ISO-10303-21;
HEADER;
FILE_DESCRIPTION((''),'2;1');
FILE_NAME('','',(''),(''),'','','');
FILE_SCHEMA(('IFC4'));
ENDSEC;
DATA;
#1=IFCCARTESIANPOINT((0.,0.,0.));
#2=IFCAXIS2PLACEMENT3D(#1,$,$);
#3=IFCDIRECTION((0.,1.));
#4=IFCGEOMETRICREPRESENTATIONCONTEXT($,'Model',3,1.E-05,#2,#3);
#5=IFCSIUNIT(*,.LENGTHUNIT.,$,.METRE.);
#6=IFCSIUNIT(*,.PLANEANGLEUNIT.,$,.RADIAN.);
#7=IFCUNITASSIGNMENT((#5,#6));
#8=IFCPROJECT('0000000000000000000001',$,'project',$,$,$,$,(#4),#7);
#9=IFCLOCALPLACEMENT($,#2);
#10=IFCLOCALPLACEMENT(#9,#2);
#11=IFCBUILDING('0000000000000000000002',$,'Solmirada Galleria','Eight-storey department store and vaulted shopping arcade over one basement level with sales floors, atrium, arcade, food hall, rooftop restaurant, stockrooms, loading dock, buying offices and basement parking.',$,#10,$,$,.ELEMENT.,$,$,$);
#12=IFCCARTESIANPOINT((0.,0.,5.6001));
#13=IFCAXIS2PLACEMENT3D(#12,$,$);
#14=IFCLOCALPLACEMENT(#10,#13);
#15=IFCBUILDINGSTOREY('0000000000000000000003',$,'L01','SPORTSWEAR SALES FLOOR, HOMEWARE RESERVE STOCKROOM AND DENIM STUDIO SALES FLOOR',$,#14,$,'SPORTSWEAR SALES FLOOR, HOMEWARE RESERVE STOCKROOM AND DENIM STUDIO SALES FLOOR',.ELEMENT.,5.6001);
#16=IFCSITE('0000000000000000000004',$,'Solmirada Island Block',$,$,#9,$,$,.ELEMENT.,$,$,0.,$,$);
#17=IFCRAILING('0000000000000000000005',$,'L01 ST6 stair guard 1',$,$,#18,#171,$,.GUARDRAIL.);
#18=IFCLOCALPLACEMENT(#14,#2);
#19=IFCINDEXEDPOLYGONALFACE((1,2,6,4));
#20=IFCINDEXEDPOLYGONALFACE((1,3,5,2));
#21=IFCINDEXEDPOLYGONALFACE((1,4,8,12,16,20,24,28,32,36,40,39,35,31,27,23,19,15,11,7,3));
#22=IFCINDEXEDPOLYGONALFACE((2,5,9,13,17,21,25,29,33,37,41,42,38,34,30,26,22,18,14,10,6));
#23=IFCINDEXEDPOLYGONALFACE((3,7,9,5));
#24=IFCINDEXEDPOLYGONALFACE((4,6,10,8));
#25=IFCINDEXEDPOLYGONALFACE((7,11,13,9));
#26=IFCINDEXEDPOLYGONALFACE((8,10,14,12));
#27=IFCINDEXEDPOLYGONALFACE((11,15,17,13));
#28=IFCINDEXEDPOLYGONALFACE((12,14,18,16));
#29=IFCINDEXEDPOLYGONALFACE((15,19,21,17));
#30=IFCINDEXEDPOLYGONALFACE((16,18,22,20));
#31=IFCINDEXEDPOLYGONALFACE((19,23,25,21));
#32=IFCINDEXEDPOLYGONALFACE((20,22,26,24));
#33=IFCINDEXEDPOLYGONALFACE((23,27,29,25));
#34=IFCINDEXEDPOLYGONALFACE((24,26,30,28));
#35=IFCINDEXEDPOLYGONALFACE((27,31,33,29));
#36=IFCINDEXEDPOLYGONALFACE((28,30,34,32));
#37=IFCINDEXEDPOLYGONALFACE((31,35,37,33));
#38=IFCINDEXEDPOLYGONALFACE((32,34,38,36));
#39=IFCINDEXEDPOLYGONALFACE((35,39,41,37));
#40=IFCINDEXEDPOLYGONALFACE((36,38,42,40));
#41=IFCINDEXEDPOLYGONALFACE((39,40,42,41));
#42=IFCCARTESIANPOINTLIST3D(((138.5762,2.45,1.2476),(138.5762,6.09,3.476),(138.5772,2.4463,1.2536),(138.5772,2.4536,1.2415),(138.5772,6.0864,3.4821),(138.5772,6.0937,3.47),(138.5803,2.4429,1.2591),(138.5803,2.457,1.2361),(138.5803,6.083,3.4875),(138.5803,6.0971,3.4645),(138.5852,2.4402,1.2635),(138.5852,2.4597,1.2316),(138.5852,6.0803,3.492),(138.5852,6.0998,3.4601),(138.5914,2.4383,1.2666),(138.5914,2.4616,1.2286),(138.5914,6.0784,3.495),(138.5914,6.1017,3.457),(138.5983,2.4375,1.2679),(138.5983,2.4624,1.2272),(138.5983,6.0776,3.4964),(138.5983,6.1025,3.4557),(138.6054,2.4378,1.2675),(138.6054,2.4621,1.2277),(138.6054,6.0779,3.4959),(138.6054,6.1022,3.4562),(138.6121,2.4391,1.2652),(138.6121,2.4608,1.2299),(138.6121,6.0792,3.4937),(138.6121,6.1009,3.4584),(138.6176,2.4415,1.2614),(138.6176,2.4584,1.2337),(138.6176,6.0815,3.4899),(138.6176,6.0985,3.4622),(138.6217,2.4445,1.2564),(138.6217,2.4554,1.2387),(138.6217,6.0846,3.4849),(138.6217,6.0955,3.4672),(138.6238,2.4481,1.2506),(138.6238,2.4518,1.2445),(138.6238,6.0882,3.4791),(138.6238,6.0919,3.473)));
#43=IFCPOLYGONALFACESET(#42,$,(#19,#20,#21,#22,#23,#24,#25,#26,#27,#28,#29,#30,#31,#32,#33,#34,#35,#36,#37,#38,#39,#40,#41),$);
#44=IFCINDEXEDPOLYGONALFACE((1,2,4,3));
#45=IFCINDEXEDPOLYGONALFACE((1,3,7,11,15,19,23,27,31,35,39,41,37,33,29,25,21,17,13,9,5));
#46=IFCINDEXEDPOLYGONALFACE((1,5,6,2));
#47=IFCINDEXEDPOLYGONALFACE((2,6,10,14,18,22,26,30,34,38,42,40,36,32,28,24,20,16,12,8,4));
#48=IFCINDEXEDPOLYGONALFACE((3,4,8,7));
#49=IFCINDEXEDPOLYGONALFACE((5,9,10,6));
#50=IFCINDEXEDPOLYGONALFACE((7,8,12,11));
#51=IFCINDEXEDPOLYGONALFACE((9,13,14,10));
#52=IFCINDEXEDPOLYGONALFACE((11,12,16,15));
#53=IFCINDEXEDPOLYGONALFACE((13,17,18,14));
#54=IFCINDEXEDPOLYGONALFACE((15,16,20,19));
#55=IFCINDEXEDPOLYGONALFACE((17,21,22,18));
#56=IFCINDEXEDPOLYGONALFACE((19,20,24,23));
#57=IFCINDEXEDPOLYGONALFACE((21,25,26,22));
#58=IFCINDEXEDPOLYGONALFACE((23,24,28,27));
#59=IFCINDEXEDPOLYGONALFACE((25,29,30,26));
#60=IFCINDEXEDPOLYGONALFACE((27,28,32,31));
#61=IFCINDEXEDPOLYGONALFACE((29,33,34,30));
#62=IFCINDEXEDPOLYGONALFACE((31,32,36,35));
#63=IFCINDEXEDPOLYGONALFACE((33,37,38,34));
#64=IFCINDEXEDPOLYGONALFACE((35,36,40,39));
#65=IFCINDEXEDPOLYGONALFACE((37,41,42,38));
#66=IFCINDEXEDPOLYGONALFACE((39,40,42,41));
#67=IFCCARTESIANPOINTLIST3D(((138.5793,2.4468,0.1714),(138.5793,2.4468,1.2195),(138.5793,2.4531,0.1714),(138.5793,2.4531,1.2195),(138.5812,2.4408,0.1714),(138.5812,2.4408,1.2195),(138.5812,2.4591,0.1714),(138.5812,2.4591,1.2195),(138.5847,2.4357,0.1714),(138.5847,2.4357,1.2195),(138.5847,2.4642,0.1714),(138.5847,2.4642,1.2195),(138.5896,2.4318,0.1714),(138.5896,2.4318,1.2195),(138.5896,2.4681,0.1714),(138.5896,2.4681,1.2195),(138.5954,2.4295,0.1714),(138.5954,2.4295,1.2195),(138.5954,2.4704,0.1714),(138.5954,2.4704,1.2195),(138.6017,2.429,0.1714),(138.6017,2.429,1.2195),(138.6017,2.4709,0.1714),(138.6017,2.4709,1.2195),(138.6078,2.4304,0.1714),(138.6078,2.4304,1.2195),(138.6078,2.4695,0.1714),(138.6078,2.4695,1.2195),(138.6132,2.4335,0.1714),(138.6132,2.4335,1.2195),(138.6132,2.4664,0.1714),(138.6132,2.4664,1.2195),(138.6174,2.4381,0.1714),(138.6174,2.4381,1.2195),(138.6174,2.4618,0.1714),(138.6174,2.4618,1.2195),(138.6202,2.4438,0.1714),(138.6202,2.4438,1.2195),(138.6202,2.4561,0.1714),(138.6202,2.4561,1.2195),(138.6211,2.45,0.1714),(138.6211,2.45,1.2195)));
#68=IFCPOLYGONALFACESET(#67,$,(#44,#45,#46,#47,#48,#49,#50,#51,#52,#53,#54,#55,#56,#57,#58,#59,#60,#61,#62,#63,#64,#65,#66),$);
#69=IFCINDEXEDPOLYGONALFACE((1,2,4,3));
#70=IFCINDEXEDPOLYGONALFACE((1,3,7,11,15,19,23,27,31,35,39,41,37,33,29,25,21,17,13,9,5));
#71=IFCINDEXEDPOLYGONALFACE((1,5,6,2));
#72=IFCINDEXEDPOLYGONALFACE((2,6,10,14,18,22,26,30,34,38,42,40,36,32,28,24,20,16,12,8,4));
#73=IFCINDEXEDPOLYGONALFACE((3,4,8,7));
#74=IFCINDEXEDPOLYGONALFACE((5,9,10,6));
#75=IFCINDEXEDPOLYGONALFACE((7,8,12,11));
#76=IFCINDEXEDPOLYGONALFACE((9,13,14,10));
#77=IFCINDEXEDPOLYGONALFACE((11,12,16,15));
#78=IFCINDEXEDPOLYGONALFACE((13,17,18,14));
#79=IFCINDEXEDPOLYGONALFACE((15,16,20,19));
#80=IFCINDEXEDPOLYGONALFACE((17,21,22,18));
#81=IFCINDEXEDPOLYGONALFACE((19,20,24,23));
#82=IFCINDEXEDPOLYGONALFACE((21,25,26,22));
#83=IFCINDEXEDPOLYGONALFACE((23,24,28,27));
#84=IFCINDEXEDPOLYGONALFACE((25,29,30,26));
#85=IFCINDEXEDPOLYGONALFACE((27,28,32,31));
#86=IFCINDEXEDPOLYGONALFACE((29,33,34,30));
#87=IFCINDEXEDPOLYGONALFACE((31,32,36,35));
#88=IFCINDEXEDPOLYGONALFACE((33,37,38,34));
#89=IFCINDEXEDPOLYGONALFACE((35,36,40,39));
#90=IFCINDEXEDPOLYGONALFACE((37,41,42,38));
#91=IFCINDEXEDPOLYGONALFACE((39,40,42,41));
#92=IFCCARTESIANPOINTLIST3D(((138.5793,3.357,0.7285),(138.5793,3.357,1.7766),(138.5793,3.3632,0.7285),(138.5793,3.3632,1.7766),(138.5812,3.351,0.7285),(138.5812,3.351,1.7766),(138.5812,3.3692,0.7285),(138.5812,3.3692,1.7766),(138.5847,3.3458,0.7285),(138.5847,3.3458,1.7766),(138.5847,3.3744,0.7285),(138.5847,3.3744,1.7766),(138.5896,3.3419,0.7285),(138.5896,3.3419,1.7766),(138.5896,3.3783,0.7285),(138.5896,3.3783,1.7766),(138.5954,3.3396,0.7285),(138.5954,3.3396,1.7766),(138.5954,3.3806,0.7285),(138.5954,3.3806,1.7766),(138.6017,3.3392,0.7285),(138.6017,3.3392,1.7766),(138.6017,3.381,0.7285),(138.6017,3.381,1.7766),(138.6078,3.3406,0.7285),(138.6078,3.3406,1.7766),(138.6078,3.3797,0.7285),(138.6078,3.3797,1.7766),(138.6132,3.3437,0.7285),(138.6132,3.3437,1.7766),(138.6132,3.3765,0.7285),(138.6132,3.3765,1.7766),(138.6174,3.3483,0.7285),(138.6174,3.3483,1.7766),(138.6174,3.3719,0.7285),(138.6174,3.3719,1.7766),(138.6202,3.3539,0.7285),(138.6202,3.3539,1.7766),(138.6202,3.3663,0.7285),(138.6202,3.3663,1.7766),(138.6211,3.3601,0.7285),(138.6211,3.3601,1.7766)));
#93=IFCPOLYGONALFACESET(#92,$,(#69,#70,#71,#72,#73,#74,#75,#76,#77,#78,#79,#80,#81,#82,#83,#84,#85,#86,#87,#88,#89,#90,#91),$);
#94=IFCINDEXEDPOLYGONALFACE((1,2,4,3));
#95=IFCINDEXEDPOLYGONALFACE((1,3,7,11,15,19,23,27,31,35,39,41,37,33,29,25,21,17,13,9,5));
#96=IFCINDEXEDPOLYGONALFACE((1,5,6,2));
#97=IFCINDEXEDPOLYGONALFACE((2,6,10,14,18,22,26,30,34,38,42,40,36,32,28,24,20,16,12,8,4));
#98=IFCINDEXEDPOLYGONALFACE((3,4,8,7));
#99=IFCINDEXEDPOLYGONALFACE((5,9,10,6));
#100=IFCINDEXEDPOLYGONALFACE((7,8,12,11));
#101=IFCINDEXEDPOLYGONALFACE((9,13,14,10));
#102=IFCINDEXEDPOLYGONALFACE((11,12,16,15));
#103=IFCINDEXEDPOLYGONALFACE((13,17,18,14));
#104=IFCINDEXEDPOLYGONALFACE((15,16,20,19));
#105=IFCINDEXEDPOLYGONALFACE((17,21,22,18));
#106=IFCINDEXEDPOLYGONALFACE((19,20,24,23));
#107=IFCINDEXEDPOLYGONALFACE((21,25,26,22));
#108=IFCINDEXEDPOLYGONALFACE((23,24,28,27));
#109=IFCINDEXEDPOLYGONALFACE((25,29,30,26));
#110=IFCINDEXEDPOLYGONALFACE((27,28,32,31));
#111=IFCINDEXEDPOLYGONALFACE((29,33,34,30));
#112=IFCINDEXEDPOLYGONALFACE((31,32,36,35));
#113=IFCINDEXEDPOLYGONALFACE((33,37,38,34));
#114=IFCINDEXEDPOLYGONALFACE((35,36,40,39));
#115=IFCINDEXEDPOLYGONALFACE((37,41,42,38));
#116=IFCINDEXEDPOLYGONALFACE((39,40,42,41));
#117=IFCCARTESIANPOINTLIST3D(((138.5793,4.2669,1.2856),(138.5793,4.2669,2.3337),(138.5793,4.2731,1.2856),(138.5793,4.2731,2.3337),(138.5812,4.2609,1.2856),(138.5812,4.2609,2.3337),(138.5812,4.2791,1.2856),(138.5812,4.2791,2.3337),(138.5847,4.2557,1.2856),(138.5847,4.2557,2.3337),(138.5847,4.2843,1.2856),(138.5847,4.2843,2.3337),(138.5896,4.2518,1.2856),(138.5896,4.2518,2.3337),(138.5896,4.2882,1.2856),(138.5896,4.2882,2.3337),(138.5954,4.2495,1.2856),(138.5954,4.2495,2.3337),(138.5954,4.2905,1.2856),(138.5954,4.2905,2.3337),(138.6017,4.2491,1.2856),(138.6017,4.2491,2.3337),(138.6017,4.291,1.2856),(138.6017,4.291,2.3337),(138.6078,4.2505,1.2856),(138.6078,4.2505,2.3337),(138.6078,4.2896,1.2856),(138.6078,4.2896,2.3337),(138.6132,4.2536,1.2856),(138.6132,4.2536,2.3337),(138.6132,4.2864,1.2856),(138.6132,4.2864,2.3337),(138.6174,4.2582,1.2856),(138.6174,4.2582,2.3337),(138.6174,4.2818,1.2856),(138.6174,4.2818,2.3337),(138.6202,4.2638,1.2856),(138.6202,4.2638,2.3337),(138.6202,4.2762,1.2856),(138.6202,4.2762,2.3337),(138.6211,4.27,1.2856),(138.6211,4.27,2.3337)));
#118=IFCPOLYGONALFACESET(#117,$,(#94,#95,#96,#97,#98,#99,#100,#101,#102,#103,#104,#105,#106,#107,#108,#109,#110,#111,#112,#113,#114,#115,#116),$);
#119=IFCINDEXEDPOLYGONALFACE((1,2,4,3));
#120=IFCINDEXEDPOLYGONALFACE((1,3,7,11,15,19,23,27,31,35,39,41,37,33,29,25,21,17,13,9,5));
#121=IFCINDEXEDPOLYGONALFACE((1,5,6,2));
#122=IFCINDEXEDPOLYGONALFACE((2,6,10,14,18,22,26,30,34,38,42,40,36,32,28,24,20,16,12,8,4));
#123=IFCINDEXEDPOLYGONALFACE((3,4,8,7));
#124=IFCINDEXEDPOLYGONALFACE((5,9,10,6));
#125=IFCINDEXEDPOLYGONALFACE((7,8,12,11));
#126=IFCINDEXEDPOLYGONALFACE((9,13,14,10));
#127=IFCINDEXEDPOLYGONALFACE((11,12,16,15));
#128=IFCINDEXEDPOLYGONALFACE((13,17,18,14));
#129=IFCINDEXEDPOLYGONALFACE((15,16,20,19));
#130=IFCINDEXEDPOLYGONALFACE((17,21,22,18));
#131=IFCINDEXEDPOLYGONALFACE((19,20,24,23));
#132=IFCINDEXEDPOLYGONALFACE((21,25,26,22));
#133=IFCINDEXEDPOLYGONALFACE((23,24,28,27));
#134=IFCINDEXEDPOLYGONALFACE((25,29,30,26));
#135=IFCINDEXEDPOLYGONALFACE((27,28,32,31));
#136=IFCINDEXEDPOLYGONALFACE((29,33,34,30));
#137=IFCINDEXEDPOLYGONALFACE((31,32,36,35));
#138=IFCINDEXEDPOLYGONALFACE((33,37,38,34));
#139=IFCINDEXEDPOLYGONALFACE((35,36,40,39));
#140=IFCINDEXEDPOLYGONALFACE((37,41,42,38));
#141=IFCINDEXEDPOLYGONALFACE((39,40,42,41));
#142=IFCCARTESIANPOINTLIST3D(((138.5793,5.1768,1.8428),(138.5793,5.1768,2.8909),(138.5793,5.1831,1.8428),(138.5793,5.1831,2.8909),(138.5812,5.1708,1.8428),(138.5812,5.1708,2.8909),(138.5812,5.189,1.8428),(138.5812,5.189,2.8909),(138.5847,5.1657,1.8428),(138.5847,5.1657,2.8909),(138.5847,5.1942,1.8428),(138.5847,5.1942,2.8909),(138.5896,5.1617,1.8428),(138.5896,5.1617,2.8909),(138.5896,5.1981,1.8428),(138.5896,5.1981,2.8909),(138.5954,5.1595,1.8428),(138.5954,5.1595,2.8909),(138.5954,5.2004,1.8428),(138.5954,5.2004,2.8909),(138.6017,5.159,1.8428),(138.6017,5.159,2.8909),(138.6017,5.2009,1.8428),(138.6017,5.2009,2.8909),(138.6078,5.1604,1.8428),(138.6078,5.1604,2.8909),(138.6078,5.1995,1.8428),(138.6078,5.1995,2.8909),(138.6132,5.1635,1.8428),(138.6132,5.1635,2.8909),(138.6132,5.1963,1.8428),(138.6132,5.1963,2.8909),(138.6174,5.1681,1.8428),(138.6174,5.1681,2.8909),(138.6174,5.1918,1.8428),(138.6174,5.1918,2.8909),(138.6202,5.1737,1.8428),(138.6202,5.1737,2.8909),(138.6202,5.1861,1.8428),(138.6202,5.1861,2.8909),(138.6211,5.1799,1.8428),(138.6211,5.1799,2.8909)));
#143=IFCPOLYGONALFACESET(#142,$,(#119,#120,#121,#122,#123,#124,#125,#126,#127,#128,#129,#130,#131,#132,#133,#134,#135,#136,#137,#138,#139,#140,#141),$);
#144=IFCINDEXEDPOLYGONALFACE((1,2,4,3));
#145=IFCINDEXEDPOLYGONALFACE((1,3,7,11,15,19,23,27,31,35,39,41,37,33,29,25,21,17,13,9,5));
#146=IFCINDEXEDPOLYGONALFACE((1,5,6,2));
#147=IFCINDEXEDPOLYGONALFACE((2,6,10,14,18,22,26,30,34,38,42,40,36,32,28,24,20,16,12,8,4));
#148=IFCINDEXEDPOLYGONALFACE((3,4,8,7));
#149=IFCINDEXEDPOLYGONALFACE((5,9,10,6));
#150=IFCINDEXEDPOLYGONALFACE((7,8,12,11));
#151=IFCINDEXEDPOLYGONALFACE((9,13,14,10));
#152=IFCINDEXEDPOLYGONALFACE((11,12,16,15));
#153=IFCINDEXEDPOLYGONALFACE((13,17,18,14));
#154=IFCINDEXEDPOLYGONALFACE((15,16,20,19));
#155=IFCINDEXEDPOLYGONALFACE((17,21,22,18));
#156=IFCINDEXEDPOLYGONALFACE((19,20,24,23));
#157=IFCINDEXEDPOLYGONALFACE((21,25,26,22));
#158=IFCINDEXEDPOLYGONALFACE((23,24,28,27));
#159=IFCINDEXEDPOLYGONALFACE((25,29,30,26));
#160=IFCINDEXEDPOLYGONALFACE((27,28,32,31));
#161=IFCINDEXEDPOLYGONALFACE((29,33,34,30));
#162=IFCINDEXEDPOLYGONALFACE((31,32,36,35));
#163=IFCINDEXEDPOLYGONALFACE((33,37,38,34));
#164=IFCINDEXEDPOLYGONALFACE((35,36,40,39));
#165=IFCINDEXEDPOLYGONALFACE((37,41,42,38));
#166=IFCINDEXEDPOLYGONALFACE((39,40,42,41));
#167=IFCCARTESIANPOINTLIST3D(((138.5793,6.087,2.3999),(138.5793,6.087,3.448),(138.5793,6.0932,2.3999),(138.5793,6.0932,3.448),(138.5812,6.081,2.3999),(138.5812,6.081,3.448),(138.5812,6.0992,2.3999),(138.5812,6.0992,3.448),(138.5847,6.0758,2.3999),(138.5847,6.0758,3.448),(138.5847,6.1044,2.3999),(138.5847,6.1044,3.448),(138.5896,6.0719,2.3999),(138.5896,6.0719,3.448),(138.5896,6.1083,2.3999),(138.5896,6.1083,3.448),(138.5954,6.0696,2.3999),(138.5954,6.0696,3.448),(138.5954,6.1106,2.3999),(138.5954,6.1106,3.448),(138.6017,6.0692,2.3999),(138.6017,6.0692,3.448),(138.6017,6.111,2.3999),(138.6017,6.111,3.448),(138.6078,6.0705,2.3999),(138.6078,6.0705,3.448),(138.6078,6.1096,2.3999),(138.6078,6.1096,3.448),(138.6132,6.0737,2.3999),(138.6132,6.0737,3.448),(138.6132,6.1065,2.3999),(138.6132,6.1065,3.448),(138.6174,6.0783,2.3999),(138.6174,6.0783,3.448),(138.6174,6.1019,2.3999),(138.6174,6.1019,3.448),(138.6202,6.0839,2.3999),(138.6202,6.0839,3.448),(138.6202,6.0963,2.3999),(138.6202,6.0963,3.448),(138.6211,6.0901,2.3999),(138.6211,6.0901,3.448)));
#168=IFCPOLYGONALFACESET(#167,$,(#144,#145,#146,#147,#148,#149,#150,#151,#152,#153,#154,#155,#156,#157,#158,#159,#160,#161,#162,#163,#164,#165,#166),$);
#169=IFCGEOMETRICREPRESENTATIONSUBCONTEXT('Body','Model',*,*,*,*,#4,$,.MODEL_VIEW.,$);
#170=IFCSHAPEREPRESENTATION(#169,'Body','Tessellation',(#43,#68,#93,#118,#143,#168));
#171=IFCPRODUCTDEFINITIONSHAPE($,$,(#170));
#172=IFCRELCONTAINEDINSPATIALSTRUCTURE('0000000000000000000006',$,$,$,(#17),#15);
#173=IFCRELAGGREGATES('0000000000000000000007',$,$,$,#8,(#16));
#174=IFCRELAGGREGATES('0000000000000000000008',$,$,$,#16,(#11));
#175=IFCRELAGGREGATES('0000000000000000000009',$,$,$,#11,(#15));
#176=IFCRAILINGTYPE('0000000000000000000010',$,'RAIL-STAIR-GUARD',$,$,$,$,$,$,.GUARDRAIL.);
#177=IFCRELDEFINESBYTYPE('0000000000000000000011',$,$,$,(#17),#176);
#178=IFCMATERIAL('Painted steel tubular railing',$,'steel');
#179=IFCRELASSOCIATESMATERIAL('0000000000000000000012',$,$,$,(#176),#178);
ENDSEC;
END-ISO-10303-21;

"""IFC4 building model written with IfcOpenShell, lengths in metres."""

from ifc_helpers import new_model, si_unit, direction, frame, origin, origin_2d, place, context, subcontext, project, spatial, circle, extrude, material, type_object, element, save


model = new_model("IFC4")

# Units and contexts
model_context = context("Model", 3, precision=1e-05, world=origin(), true_north=direction((0.0, 1.0)))
body_context = subcontext(model_context, "Body", "Model", "MODEL_VIEW")
ifc_project = project(units=[si_unit("LENGTHUNIT", "METRE"), si_unit("PLANEANGLEUNIT", "RADIAN")], contexts=[model_context])

# Site, building, storey
site_placement = place(None, origin())
site = spatial("IfcSite", under=ifc_project, at=site_placement, Name="Solmirada Island Block", CompositionType="ELEMENT", RefElevation=0.0)
building_placement = place(site_placement, origin())
building = spatial("IfcBuilding", under=site, at=building_placement, Name="Solmirada Galleria", Description="Eight-storey department store and vaulted shopping arcade over one basement level with sales floors, atrium, arcade, food hall, rooftop restaurant, stockrooms, loading dock, buying offices and basement parking.", CompositionType="ELEMENT")
storey_placement = place(building_placement, frame((0.0, 0.0, 5.6001)))
storey = spatial("IfcBuildingStorey", under=building, at=storey_placement, Name="L01", Description="SPORTSWEAR SALES FLOOR, HOMEWARE RESERVE STOCKROOM AND DENIM STUDIO SALES FLOOR", LongName="SPORTSWEAR SALES FLOOR, HOMEWARE RESERVE STOCKROOM AND DENIM STUDIO SALES FLOOR", CompositionType="ELEMENT", Elevation=5.6001)

# Railing
ifc_material_1 = material(Name="Painted steel tubular railing", Category="steel")
railing_type_1 = type_object("IfcRailingType", Name="RAIL-STAIR-GUARD", PredefinedType="GUARDRAIL", material=ifc_material_1)
railing_1_placement = place(storey_placement, frame((138.6001, 2.45, 0.1714)))
element("IfcRailing", 1, at=railing_1_placement, inside=storey, type_object=railing_type_1, Name="L01 ST6 stair guard 1", PredefinedType="GUARDRAIL", context=body_context, shape_type="SweptSolid", body=[
    extrude(circle(Radius=0.0239, at=origin_2d()), frame((0.0, 0.0, 1.0762), z_axis=(0.0, 0.852866, 0.52213), x_axis=(-1.0, 0.0, 0.0)), (0.0, 0.0, 1.0), 4.2681),
    extrude(circle(Radius=0.021, at=origin_2d()), origin(), (0.0, 0.0, 1.0), 1.0481),
    extrude(circle(Radius=0.021, at=origin_2d()), frame((0.0, 0.9102, 0.5571)), (0.0, 0.0, 1.0), 1.0481),
    extrude(circle(Radius=0.021, at=origin_2d()), frame((0.0, 1.8201, 1.1143)), (0.0, 0.0, 1.0), 1.0481),
    extrude(circle(Radius=0.021, at=origin_2d()), frame((0.0, 2.73, 1.6714)), (0.0, 0.0, 1.0), 1.0481),
    extrude(circle(Radius=0.021, at=origin_2d()), frame((0.0, 3.6401, 2.2285)), (0.0, 0.0, 1.0), 1.0481),
])

save(model, "model.ifc")
